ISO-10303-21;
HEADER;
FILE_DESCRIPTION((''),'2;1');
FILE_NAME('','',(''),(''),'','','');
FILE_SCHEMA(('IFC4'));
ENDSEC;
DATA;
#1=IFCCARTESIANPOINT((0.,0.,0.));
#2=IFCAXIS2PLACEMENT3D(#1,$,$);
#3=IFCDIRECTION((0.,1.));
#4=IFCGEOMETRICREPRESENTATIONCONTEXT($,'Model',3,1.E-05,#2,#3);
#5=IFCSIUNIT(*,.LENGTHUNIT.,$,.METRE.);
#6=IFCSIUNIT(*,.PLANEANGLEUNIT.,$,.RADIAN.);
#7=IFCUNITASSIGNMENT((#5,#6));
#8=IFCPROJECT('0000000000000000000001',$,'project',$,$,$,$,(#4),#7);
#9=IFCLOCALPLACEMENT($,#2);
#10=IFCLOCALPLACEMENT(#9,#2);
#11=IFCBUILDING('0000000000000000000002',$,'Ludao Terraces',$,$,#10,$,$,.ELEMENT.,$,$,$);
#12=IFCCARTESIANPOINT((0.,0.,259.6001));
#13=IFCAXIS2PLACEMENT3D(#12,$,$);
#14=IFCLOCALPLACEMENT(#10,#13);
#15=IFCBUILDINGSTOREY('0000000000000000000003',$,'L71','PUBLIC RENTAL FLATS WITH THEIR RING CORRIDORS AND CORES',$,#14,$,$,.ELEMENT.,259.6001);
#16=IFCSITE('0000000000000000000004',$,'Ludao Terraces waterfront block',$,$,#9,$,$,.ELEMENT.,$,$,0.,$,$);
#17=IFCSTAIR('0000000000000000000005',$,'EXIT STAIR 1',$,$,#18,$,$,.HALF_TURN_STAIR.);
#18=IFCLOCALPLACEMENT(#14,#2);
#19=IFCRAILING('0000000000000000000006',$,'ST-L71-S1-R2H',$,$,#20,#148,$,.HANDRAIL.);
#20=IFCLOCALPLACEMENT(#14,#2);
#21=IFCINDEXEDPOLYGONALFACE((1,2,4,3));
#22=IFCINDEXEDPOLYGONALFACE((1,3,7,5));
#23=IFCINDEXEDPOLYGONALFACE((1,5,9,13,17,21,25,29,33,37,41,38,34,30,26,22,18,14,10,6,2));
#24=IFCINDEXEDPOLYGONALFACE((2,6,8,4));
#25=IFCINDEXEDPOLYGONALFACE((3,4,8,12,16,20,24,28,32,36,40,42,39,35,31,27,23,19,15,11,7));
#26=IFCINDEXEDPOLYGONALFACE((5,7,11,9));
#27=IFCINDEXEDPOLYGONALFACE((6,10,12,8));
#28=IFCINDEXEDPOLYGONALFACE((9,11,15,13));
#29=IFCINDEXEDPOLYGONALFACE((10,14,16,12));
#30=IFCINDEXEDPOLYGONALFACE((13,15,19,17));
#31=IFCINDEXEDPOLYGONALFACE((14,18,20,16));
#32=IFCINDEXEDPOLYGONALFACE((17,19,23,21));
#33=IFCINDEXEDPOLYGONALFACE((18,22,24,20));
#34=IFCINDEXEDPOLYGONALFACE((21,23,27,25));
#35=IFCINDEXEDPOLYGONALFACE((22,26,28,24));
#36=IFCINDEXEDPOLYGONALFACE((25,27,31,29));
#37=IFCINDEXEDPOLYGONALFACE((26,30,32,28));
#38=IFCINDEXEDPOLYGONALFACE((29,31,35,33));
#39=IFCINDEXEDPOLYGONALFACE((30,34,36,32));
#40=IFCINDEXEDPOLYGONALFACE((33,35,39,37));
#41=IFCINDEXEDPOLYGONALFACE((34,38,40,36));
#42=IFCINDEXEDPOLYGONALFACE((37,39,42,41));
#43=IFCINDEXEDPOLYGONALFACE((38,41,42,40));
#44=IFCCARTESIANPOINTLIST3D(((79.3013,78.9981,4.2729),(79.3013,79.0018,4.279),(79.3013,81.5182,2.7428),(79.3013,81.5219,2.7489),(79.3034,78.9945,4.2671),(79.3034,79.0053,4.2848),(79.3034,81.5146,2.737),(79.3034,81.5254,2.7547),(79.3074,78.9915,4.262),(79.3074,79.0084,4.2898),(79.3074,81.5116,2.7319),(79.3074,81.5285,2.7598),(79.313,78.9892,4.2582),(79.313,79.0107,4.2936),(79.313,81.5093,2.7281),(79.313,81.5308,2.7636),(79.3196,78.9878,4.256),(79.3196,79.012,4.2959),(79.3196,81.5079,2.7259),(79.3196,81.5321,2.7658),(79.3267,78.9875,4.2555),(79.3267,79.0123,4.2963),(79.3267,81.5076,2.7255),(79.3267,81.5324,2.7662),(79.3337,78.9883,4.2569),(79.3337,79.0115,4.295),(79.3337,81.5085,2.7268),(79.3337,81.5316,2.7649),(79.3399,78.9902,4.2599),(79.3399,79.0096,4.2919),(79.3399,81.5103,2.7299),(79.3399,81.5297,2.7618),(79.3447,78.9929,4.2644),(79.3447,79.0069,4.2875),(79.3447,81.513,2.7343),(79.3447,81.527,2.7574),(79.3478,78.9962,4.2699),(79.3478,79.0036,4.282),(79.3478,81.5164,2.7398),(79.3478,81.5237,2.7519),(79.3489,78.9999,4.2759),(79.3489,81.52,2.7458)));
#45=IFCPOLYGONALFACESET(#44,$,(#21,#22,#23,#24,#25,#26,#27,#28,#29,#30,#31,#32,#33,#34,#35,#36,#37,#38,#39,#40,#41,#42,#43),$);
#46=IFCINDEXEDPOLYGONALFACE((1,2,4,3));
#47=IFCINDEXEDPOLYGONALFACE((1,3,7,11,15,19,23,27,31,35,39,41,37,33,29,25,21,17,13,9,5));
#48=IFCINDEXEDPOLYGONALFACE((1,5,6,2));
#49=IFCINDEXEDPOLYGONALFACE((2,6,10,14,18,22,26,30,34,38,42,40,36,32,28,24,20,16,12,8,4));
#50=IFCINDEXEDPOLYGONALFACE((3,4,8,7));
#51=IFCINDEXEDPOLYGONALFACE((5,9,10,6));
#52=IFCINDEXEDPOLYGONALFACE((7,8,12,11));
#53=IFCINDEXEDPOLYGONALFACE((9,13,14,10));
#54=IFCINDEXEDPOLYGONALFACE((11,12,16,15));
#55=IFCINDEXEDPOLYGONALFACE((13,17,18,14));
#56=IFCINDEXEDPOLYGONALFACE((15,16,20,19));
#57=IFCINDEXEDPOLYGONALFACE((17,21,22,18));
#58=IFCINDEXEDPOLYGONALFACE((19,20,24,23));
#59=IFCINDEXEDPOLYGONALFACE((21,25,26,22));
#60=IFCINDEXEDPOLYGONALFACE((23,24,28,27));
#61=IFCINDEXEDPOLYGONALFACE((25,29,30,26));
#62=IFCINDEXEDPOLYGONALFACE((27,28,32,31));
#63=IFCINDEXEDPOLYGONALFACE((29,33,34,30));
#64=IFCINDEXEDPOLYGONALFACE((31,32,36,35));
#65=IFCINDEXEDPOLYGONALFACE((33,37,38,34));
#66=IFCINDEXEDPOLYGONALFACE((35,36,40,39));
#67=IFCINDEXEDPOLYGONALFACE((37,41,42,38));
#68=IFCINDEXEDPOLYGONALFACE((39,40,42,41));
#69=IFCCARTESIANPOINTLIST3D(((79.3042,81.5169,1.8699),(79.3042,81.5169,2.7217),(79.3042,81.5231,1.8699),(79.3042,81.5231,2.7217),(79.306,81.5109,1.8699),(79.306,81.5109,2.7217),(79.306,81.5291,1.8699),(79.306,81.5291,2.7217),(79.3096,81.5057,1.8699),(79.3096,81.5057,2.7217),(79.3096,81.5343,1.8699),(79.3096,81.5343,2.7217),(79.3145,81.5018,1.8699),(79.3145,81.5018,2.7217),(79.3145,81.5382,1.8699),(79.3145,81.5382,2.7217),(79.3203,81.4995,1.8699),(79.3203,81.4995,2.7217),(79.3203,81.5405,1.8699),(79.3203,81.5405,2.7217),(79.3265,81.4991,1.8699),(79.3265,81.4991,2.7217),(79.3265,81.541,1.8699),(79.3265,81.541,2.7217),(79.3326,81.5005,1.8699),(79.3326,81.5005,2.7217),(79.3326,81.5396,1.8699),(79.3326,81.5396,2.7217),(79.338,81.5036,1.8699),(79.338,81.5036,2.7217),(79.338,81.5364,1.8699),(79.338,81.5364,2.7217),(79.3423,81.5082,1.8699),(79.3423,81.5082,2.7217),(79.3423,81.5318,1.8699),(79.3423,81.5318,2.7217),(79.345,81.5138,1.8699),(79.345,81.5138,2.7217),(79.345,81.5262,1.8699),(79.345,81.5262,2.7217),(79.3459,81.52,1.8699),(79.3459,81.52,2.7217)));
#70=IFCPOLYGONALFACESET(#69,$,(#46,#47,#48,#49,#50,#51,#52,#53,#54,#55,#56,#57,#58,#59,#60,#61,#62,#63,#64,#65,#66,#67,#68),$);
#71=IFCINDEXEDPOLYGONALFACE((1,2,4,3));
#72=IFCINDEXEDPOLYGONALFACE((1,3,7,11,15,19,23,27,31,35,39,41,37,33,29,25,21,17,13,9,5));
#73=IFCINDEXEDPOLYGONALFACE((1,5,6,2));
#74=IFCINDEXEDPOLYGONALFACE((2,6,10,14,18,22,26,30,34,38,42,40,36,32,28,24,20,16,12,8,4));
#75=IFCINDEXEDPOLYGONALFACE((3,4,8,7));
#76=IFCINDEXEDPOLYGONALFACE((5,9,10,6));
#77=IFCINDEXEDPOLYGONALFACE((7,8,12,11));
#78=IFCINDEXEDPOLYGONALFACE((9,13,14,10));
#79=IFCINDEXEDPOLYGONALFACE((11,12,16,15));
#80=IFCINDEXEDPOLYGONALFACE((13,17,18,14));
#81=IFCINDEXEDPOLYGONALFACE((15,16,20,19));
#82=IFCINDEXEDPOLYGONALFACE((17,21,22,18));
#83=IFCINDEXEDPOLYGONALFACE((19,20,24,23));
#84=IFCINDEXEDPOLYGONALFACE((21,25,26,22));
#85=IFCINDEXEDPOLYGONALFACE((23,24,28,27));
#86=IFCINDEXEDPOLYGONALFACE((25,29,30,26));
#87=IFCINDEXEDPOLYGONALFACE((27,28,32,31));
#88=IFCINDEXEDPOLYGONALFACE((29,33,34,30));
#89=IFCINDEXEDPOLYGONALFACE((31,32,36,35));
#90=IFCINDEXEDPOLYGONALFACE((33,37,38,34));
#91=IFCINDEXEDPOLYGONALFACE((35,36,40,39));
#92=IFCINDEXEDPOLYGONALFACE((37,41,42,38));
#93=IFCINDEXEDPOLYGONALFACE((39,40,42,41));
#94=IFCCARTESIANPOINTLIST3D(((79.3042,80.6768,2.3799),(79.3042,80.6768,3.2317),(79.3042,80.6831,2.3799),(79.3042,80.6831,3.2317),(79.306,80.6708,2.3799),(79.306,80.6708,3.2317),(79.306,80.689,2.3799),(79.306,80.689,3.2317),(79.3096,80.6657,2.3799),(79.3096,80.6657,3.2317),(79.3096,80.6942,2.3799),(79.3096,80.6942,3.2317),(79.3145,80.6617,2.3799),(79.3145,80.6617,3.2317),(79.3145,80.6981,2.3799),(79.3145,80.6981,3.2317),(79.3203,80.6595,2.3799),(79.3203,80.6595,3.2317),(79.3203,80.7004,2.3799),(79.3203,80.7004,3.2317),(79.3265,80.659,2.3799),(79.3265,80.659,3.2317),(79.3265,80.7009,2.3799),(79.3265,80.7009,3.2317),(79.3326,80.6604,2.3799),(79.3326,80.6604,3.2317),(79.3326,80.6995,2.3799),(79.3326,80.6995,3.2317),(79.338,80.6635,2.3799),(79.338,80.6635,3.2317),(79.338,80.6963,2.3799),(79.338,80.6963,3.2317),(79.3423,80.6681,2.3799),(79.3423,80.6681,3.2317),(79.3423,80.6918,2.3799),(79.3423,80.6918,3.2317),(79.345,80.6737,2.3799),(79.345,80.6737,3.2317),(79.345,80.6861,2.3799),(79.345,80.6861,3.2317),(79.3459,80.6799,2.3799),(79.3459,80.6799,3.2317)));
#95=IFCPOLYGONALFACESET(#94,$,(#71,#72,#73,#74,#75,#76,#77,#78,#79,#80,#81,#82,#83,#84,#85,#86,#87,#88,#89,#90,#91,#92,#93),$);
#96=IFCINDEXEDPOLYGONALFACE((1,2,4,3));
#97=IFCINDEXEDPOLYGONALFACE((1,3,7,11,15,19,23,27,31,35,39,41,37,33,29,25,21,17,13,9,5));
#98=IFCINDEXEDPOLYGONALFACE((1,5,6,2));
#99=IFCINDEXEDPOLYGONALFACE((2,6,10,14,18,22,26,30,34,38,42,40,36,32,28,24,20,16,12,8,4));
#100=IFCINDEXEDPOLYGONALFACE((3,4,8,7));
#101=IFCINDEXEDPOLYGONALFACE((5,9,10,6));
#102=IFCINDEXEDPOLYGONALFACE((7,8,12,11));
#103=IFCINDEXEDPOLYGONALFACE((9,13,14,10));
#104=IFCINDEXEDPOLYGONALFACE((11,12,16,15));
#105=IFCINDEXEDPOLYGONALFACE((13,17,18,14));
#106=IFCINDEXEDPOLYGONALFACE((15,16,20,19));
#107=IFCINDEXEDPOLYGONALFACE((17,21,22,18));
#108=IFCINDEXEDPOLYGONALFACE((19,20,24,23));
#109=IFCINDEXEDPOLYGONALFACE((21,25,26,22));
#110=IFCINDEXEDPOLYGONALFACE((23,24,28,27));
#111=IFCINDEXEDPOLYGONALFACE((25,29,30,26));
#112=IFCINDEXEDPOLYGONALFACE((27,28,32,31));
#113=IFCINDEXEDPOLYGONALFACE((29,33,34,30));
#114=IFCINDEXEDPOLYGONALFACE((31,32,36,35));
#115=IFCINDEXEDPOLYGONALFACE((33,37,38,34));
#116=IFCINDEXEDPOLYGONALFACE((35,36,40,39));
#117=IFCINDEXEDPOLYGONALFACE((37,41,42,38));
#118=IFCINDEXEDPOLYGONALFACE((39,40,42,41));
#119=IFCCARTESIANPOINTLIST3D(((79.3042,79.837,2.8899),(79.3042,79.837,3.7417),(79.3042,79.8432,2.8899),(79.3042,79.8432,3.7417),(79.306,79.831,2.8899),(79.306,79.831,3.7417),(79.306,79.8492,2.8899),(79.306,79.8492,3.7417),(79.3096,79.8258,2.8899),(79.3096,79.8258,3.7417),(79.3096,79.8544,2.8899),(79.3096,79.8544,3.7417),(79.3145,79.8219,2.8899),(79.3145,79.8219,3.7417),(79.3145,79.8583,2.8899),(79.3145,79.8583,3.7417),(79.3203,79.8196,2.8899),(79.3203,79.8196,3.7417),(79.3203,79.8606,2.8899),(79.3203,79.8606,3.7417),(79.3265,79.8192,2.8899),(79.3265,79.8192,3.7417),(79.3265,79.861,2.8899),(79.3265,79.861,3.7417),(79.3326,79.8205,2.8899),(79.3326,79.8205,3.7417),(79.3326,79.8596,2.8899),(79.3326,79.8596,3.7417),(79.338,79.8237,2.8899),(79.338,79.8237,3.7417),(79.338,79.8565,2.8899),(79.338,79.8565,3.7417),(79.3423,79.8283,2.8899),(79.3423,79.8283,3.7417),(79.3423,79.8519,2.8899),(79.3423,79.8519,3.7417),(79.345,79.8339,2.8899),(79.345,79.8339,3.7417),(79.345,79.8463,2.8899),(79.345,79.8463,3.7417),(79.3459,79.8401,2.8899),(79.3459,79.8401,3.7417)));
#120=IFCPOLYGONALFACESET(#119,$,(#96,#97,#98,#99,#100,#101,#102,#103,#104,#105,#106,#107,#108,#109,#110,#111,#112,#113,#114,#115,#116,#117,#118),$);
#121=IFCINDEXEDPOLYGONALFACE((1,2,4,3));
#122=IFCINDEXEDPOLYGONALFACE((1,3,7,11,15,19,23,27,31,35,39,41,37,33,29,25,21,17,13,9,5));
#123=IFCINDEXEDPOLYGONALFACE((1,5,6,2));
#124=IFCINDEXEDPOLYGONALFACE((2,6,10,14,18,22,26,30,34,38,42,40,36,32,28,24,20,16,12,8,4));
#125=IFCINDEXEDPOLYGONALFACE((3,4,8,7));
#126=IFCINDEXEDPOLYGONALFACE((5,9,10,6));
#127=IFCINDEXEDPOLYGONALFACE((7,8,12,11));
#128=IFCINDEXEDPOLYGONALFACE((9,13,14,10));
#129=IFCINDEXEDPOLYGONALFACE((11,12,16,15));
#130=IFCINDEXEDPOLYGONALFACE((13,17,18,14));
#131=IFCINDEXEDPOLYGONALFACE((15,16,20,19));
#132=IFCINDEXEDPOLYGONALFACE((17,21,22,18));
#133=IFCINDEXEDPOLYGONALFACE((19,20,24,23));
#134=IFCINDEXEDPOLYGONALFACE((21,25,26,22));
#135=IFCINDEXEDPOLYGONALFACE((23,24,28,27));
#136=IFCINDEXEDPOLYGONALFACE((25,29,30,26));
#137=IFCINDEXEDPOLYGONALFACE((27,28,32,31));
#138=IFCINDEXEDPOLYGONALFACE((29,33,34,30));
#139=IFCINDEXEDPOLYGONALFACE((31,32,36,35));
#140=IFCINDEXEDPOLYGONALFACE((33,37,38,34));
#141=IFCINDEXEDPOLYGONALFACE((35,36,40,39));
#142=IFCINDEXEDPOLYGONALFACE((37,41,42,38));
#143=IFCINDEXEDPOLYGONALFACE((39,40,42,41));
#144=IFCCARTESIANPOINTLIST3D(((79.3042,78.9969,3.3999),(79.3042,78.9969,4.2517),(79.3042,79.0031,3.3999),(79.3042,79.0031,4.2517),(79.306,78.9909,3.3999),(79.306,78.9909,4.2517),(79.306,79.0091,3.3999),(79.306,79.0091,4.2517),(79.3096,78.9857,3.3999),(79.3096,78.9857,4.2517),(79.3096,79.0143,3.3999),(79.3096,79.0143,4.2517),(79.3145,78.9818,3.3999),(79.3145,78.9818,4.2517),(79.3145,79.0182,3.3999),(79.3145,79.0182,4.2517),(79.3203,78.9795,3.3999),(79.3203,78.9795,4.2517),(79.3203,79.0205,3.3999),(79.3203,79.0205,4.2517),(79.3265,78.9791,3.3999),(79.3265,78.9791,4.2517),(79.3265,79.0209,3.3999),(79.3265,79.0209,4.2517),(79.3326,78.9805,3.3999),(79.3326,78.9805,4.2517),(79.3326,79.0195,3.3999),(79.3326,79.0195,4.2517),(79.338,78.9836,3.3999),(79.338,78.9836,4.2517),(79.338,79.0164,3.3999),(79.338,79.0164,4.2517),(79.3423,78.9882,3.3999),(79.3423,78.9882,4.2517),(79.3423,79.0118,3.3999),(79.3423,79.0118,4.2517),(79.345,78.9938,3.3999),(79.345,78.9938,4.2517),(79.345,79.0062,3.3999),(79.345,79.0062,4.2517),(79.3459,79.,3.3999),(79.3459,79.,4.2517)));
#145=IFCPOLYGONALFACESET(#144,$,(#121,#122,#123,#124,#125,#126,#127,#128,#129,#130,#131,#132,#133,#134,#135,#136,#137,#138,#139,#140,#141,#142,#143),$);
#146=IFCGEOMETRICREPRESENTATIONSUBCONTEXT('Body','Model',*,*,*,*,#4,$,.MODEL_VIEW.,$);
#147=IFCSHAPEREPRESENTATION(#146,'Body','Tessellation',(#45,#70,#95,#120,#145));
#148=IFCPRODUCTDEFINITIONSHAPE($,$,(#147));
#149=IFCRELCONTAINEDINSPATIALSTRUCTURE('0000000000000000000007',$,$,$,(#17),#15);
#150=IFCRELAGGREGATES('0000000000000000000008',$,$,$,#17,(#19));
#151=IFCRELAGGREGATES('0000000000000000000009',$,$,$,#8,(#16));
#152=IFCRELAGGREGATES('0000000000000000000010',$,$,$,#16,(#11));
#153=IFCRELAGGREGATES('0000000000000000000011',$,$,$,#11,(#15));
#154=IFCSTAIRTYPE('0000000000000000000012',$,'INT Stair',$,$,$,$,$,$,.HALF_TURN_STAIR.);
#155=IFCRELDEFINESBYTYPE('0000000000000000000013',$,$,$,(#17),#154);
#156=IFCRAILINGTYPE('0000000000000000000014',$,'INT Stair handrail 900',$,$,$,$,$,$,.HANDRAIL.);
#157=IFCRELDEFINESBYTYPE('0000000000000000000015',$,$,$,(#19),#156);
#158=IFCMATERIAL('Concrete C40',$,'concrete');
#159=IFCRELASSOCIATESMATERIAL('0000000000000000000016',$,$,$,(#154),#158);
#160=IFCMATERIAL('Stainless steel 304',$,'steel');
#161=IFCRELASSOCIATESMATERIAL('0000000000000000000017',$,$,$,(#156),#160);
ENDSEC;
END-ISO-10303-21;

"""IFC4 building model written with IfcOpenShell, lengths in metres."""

from ifc_helpers import new_model, si_unit, direction, frame, origin, origin_2d, place, context, subcontext, project, spatial, circle, extrude, material, type_object, element, aggregate, save


model = new_model("IFC4")

# Units and contexts
model_context = context("Model", 3, precision=1e-05, world=origin(), true_north=direction((0.0, 1.0)))
body_context = subcontext(model_context, "Body", "Model", "MODEL_VIEW")
ifc_project = project(units=[si_unit("LENGTHUNIT", "METRE"), si_unit("PLANEANGLEUNIT", "RADIAN")], contexts=[model_context])

# Site, building, storey
site_placement = place(None, origin())
site = spatial("IfcSite", under=ifc_project, at=site_placement, Name="Ludao Terraces waterfront block", CompositionType="ELEMENT", RefElevation=0.0)
building_placement = place(site_placement, origin())
building = spatial("IfcBuilding", under=site, at=building_placement, Name="Ludao Terraces", CompositionType="ELEMENT")
storey_placement = place(building_placement, frame((0.0, 0.0, 259.6001)))
storey = spatial("IfcBuildingStorey", under=building, at=storey_placement, Name="L71", Description="PUBLIC RENTAL FLATS WITH THEIR RING CORRIDORS AND CORES", CompositionType="ELEMENT", Elevation=259.6001)

# Shared definitions
ifc_material_1 = material(Name="Concrete C40", Category="concrete")

# Shared definitions
ifc_material_2 = material(Name="Stainless steel 304", Category="steel")

# Stair, railing
stair_type = type_object("IfcStairType", Name="INT Stair", PredefinedType="HALF_TURN_STAIR", material=ifc_material_1)
stair_placement = place(storey_placement, origin())
stair = element("IfcStair", 1, at=stair_placement, inside=storey, type_object=stair_type, Name="EXIT STAIR 1", PredefinedType="HALF_TURN_STAIR")
railing_type_1 = type_object("IfcRailingType", Name="INT Stair handrail 900", PredefinedType="HANDRAIL", material=ifc_material_2)
railing_1_placement = place(storey_placement, frame((79.325, 81.52, 1.8699)))
railing_1 = element("IfcRailing", 2, at=railing_1_placement, type_object=railing_type_1, Name="ST-L71-S1-R2H", PredefinedType="HANDRAIL", context=body_context, shape_type="SweptSolid", body=[
    extrude(circle(Radius=0.0239, at=origin_2d()), frame((0.0, 0.0, 0.876), z_axis=(0.0, -0.854785, 0.518982), x_axis=(1.0, 0.0, 0.0)), (0.0, 0.0, 1.0), 2.9482),
    extrude(circle(Radius=0.021, at=origin_2d()), origin(), (0.0, 0.0, 1.0), 0.8518),
    extrude(circle(Radius=0.021, at=origin_2d()), frame((0.0, -0.8401, 0.51)), (0.0, 0.0, 1.0), 0.8518),
    extrude(circle(Radius=0.021, at=origin_2d()), frame((0.0, -1.6799, 1.02)), (0.0, 0.0, 1.0), 0.8518),
    extrude(circle(Radius=0.021, at=origin_2d()), frame((0.0, -2.52, 1.53)), (0.0, 0.0, 1.0), 0.8518),
])
aggregate(stair, [railing_1])

save(model, "model.ifc")
